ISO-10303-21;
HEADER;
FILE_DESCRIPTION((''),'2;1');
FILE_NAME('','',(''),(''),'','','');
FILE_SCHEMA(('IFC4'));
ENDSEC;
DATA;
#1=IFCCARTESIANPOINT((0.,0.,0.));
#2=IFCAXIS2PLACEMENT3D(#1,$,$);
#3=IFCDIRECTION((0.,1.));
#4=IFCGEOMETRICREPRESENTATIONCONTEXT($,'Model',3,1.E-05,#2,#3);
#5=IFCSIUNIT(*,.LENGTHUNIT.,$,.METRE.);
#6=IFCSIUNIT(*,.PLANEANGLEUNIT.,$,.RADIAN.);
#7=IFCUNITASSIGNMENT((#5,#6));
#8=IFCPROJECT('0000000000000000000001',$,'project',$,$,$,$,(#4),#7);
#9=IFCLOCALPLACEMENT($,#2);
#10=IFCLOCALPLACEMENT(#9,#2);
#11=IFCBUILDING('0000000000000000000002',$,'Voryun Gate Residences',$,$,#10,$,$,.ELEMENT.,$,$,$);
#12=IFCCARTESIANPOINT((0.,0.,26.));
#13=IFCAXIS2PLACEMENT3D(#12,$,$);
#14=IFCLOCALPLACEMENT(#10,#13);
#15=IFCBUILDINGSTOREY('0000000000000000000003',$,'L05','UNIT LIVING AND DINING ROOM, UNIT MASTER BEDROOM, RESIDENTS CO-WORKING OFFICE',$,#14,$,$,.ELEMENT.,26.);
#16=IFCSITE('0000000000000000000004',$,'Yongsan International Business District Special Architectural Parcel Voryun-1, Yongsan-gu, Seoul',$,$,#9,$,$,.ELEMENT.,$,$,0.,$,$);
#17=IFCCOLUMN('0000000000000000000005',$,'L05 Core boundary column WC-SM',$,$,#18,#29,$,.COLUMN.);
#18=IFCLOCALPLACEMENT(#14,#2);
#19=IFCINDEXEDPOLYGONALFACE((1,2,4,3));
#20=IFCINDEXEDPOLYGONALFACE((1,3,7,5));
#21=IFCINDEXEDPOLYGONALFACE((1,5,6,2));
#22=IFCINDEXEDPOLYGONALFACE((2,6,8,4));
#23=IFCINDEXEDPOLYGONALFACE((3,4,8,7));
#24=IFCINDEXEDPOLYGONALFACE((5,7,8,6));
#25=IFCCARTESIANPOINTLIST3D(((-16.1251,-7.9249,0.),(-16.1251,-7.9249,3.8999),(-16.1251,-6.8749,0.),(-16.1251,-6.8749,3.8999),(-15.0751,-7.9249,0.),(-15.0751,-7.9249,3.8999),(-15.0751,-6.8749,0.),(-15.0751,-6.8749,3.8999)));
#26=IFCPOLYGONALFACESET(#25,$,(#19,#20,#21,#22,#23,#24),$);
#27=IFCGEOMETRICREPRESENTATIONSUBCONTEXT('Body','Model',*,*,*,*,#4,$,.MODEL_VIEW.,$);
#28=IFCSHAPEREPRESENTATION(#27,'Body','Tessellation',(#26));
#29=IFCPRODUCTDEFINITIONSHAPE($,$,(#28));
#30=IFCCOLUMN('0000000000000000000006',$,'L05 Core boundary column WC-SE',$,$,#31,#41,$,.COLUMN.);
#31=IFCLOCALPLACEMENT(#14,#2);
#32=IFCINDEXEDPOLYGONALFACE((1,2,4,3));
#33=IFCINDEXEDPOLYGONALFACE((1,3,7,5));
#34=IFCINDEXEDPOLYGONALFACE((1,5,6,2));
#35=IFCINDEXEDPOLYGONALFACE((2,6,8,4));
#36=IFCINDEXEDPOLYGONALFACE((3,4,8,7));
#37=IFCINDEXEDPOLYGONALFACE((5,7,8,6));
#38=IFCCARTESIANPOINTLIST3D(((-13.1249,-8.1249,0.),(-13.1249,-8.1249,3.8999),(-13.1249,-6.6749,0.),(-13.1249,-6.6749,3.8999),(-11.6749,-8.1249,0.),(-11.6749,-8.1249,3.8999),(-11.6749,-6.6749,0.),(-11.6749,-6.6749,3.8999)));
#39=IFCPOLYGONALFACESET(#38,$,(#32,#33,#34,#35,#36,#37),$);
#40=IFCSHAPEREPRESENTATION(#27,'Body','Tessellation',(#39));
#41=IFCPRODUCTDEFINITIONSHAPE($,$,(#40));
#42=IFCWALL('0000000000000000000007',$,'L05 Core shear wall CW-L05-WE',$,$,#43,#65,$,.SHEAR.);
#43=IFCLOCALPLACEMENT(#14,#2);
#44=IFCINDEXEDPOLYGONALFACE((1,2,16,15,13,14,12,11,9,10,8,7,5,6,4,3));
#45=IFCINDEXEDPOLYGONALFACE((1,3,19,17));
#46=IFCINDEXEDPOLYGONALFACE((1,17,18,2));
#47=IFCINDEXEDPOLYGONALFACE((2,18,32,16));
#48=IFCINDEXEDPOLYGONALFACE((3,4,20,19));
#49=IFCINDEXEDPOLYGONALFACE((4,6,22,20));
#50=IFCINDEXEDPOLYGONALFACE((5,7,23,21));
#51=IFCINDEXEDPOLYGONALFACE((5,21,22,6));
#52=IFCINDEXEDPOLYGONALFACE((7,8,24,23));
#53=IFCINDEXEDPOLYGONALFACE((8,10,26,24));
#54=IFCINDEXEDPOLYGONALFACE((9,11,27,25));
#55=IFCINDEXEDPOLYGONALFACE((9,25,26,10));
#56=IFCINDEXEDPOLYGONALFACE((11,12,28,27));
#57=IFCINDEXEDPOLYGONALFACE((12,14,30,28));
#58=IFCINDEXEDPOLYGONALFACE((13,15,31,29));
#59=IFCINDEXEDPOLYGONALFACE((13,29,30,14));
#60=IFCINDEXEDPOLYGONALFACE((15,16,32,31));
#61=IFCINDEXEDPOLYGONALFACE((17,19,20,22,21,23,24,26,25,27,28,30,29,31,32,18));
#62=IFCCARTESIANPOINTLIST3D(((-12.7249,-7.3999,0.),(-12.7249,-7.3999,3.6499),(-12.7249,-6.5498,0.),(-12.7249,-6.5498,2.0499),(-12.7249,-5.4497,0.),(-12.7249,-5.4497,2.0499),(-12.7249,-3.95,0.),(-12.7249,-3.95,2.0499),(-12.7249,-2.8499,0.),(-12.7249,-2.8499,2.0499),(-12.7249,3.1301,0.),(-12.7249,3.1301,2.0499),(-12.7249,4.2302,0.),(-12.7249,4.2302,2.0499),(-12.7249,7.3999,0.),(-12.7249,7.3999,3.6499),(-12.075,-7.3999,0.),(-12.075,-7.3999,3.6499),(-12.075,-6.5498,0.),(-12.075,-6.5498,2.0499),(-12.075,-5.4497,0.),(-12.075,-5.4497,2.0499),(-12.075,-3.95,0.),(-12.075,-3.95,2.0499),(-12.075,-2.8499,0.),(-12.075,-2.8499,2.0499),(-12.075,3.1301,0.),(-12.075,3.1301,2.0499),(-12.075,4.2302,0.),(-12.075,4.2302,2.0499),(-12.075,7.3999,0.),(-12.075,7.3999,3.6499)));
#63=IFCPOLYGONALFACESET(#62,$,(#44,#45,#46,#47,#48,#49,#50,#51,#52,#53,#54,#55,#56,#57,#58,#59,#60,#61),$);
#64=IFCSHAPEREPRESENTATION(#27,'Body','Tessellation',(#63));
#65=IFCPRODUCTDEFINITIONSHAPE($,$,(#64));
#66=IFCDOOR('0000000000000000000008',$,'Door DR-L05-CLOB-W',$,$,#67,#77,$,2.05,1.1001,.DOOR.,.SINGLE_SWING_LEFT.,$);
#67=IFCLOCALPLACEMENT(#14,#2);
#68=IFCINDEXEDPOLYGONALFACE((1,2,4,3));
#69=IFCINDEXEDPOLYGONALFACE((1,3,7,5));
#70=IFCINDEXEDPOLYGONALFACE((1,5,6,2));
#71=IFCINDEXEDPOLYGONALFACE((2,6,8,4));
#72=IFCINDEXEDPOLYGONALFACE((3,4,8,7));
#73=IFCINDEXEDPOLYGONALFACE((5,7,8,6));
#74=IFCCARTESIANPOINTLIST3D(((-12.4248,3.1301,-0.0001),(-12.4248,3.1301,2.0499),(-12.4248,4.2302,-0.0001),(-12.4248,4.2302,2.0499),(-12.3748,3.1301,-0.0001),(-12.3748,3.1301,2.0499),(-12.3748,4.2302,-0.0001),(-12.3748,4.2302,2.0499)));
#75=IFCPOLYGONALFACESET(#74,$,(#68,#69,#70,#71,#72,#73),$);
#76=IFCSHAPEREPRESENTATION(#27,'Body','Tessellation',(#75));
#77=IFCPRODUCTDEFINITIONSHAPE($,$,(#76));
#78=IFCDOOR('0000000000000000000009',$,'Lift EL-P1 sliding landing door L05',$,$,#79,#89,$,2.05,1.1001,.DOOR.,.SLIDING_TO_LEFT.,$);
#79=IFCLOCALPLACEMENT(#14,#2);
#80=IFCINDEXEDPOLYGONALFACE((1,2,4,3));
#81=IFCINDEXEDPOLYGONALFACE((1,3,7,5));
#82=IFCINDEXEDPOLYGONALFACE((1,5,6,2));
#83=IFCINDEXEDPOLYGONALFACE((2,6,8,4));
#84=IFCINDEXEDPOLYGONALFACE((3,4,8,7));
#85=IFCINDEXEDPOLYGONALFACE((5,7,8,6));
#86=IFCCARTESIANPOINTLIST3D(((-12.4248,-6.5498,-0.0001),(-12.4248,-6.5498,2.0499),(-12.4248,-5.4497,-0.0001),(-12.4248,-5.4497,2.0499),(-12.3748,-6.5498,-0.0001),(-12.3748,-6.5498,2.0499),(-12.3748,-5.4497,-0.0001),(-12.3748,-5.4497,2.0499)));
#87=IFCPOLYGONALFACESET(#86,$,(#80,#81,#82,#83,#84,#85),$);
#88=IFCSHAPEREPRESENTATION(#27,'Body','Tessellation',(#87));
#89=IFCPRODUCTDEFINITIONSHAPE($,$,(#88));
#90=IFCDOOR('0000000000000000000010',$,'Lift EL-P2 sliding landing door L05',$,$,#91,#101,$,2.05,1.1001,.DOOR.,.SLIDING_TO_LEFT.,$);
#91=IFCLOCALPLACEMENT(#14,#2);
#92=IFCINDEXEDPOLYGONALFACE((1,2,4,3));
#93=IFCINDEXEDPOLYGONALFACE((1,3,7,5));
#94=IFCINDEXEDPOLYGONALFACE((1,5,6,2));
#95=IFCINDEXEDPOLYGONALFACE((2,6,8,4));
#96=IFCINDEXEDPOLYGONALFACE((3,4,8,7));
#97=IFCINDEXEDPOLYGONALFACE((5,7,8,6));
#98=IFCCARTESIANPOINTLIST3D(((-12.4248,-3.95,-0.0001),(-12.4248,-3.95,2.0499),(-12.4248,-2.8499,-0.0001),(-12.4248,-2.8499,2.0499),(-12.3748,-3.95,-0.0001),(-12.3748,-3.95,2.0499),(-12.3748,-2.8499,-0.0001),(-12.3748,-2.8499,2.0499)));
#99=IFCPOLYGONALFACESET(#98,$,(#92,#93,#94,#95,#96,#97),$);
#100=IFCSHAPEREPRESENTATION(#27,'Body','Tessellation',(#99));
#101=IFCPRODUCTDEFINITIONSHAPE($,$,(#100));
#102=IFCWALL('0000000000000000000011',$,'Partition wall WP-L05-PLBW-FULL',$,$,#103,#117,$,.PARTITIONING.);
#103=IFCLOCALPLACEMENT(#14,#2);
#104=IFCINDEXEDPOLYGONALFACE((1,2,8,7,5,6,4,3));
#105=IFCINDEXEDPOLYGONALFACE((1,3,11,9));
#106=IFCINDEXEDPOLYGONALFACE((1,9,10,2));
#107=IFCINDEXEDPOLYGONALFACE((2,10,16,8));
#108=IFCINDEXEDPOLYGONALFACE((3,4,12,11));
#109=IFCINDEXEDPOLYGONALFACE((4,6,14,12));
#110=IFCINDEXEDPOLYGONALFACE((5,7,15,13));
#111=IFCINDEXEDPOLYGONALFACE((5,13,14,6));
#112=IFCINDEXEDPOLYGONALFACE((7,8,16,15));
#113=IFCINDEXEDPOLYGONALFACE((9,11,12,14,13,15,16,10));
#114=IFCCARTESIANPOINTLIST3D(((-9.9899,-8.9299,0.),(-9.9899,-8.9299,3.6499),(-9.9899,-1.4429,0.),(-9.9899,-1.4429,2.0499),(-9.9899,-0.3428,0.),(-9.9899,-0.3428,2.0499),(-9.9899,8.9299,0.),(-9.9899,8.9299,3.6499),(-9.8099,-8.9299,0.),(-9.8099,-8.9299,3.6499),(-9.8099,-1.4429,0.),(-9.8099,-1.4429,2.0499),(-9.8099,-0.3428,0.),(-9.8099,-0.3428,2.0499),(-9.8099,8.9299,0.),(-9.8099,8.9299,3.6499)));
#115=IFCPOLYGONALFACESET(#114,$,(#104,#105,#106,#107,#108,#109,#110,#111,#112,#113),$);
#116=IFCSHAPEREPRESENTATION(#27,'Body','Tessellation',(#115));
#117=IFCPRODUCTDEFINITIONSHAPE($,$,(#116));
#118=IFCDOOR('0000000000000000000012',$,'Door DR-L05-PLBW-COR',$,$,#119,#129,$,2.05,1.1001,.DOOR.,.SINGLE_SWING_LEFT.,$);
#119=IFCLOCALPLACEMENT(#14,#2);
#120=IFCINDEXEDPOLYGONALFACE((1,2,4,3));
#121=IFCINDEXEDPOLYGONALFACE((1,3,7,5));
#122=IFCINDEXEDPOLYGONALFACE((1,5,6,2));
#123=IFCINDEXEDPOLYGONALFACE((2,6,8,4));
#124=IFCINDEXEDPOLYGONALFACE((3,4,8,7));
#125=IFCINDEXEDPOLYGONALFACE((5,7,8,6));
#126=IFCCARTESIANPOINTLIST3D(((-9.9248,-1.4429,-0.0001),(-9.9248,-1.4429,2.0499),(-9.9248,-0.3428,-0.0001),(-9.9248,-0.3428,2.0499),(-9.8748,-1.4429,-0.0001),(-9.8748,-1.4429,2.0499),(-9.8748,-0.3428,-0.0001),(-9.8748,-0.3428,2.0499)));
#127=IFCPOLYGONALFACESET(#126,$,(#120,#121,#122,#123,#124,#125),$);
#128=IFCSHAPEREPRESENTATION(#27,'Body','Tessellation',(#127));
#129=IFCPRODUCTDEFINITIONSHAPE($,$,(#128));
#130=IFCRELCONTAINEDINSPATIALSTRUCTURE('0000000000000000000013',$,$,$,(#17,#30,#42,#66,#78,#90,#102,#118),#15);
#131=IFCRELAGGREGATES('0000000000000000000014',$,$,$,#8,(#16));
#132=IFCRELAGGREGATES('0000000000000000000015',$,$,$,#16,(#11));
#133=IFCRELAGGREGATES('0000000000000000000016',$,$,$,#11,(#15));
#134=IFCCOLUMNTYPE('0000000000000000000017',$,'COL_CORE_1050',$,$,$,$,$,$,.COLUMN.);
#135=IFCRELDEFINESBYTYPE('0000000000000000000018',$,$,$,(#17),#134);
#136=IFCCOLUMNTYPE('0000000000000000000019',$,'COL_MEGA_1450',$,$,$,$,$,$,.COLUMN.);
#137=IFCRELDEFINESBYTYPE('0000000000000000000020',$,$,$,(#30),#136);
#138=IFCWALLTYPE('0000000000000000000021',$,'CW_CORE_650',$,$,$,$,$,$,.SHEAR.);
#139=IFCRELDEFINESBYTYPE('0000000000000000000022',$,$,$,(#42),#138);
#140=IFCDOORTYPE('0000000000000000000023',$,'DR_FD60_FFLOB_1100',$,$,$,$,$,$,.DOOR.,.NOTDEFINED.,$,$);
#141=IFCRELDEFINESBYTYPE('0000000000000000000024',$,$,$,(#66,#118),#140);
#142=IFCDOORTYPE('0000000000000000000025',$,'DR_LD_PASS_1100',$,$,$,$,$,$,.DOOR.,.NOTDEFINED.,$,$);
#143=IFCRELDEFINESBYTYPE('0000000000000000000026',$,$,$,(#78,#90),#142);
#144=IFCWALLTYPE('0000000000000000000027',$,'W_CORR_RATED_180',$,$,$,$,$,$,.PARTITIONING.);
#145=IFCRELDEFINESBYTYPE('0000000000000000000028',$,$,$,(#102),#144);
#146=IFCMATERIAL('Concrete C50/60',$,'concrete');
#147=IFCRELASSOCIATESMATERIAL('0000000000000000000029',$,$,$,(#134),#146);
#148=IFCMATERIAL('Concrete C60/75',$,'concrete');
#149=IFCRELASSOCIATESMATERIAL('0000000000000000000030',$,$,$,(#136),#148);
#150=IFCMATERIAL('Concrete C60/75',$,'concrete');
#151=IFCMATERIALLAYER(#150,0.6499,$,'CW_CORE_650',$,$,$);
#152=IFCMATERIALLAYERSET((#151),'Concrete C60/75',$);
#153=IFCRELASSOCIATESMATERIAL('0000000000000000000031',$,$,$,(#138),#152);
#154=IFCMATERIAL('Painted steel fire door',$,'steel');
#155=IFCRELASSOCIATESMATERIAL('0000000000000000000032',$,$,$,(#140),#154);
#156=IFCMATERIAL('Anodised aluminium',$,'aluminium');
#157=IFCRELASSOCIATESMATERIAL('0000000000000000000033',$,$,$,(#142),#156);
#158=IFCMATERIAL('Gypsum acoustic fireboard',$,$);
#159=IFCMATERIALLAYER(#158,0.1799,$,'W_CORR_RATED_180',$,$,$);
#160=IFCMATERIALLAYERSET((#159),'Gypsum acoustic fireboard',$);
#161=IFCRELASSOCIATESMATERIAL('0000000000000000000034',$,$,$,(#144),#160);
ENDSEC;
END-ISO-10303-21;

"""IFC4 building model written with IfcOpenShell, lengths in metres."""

from ifc_helpers import new_model, si_unit, direction, frame, frame_2d, origin, origin_2d, place, context, subcontext, project, spatial, rectangle, extrude, material, layer, layer_set, material_profile, profile_set, type_object, element, fill, save


model = new_model("IFC4")

# Units and contexts
model_context = context("Model", 3, precision=1e-05, world=origin(), true_north=direction((0.0, 1.0)))
body_context = subcontext(model_context, "Body", "Model", "MODEL_VIEW")
ifc_project = project(units=[si_unit("LENGTHUNIT", "METRE"), si_unit("PLANEANGLEUNIT", "RADIAN")], contexts=[model_context])

# Site, building, storey
site_placement = place(None, origin())
site = spatial("IfcSite", under=ifc_project, at=site_placement, Name="Yongsan International Business District Special Architectural Parcel Voryun-1, Yongsan-gu, Seoul", CompositionType="ELEMENT", RefElevation=0.0)
building_placement = place(site_placement, origin())
building = spatial("IfcBuilding", under=site, at=building_placement, Name="Voryun Gate Residences", CompositionType="ELEMENT")
storey_placement = place(building_placement, frame((0.0, 0.0, 26.0)))
storey = spatial("IfcBuildingStorey", under=building, at=storey_placement, Name="L05", Description="UNIT LIVING AND DINING ROOM, UNIT MASTER BEDROOM, RESIDENTS CO-WORKING OFFICE", CompositionType="ELEMENT", Elevation=26.0)

# Columns
ifc_material_1 = material(Name="Concrete C50/60", Category="concrete")
ifc_material_profile_1 = material_profile(ifc_material_1, rectangle(XDim=1.05, YDim=1.05, at=origin_2d()), Name="RC-1050x1050")
ifc_profile_set_1 = profile_set([ifc_material_profile_1], Name="Concrete C50/60")
column_type_1 = type_object("IfcColumnType", Name="COL_CORE_1050", PredefinedType="COLUMN", material=ifc_profile_set_1)
column_1_placement = place(storey_placement, frame((-15.6001, -7.3999, 0.0), z_axis=(0.0, 0.0, 1.0), x_axis=(1.0, 0.0, 0.0)))
element("IfcColumn", 1, at=column_1_placement, inside=storey, type_object=column_type_1, Name="L05 Core boundary column WC-SM", PredefinedType="COLUMN", context=body_context, shape_type="SweptSolid", body=[
    extrude(rectangle(XDim=1.05, YDim=1.05, at=origin_2d()), origin(), (0.0, 0.0, 1.0), 3.8999),
])
ifc_material_2 = material(Name="Concrete C60/75", Category="concrete")
ifc_material_profile_2 = material_profile(ifc_material_2, rectangle(XDim=1.45, YDim=1.45, at=origin_2d()), Name="RC-1450x1450")
ifc_profile_set_2 = profile_set([ifc_material_profile_2], Name="Concrete C60/75")
column_type_2 = type_object("IfcColumnType", Name="COL_MEGA_1450", PredefinedType="COLUMN", material=ifc_profile_set_2)
column_2_placement = place(storey_placement, frame((-12.3999, -7.3999, 0.0), z_axis=(0.0, 0.0, 1.0), x_axis=(1.0, 0.0, 0.0)))
element("IfcColumn", 2, at=column_2_placement, inside=storey, type_object=column_type_2, Name="L05 Core boundary column WC-SE", PredefinedType="COLUMN", context=body_context, shape_type="SweptSolid", body=[
    extrude(rectangle(XDim=1.45, YDim=1.45, at=origin_2d()), origin(), (0.0, 0.0, 1.0), 3.8999),
])

# Wall, openings, doors
ifc_material_3 = material(Name="Concrete C60/75", Category="concrete")
ifc_layer_1 = layer(ifc_material_3, 0.6499, Name="CW_CORE_650")
ifc_layer_set_1 = layer_set([ifc_layer_1], Name="Concrete C60/75")
wall_type_1 = type_object("IfcWallType", Name="CW_CORE_650", PredefinedType="SHEAR", material=ifc_layer_set_1)
wall_1_placement = place(storey_placement, frame((-12.3999, -7.3999, 0.0), z_axis=(0.0, 0.0, 1.0), x_axis=(0.0, 1.0, 0.0)))
wall_1 = element("IfcWall", 3, at=wall_1_placement, inside=storey, type_object=wall_type_1, Name="L05 Core shear wall CW-L05-WE", PredefinedType="SHEAR", context=body_context, shape_type="SweptSolid", body=[
    extrude(rectangle(XDim=14.7998, YDim=0.6499, at=frame_2d((7.3999, 0.0))), origin(), (0.0, 0.0, 1.0), 3.6499),
])
opening_1_placement = place(wall_1_placement, frame((0.8501, 0.0, 0.0)))
opening_1 = element("IfcOpeningElement", 4, at=opening_1_placement, cuts=wall_1, PredefinedType="OPENING", context=body_context, shape_type="SweptSolid", body=[
    extrude(rectangle(XDim=1.1001, YDim=2.05, at=frame_2d((0.55, 1.0249))), frame((0.0, 0.335, 0.0), z_axis=(0.0, -1.0, 0.0), x_axis=(1.0, 0.0, 0.0)), (0.0, 0.0, 1.0), 0.6699),
])
opening_2_placement = place(wall_1_placement, frame((3.45, 0.0, 0.0)))
opening_2 = element("IfcOpeningElement", 5, at=opening_2_placement, cuts=wall_1, PredefinedType="OPENING", context=body_context, shape_type="SweptSolid", body=[
    extrude(rectangle(XDim=1.1001, YDim=2.05, at=frame_2d((0.55, 1.0249))), frame((0.0, 0.335, 0.0), z_axis=(0.0, -1.0, 0.0), x_axis=(1.0, 0.0, 0.0)), (0.0, 0.0, 1.0), 0.6699),
])
opening_3_placement = place(wall_1_placement, frame((10.53, 0.0, 0.0)))
opening_3 = element("IfcOpeningElement", 6, at=opening_3_placement, cuts=wall_1, PredefinedType="OPENING", context=body_context, shape_type="SweptSolid", body=[
    extrude(rectangle(XDim=1.1001, YDim=2.05, at=frame_2d((0.55, 1.0249))), frame((0.0, 0.335, 0.0), z_axis=(0.0, -1.0, 0.0), x_axis=(1.0, 0.0, 0.0)), (0.0, 0.0, 1.0), 0.6699),
])
ifc_material_4 = material(Name="Painted steel fire door", Category="steel")
door_type_1 = type_object("IfcDoorType", Name="DR_FD60_FFLOB_1100", OperationType="NOTDEFINED", PredefinedType="DOOR", material=ifc_material_4)
door_1_placement = place(opening_3_placement, origin())
door_1 = element("IfcDoor", 7, at=door_1_placement, inside=storey, type_object=door_type_1, Name="Door DR-L05-CLOB-W", OperationType="SINGLE_SWING_LEFT", OverallHeight=2.05, OverallWidth=1.1001, PredefinedType="DOOR", context=body_context, shape_type="SweptSolid", body=[
    extrude(rectangle(XDim=1.1001, YDim=2.05, at=frame_2d((0.55, 1.0249))), frame((0.0, 0.0249, 0.0), z_axis=(0.0, -1.0, 0.0), x_axis=(1.0, 0.0, 0.0)), (0.0, 0.0, 1.0), 0.05),
])
fill(opening_3, door_1)
ifc_material_5 = material(Name="Anodised aluminium", Category="aluminium")
door_type_2 = type_object("IfcDoorType", Name="DR_LD_PASS_1100", OperationType="NOTDEFINED", PredefinedType="DOOR", material=ifc_material_5)
door_2_placement = place(opening_1_placement, origin())
door_2 = element("IfcDoor", 8, at=door_2_placement, inside=storey, type_object=door_type_2, Name="Lift EL-P1 sliding landing door L05", OperationType="SLIDING_TO_LEFT", OverallHeight=2.05, OverallWidth=1.1001, PredefinedType="DOOR", context=body_context, shape_type="SweptSolid", body=[
    extrude(rectangle(XDim=1.1001, YDim=2.05, at=frame_2d((0.55, 1.0249))), frame((0.0, 0.0249, 0.0), z_axis=(0.0, -1.0, 0.0), x_axis=(1.0, 0.0, 0.0)), (0.0, 0.0, 1.0), 0.05),
])
fill(opening_1, door_2)
door_3_placement = place(opening_2_placement, origin())
door_3 = element("IfcDoor", 9, at=door_3_placement, inside=storey, type_object=door_type_2, Name="Lift EL-P2 sliding landing door L05", OperationType="SLIDING_TO_LEFT", OverallHeight=2.05, OverallWidth=1.1001, PredefinedType="DOOR", context=body_context, shape_type="SweptSolid", body=[
    extrude(rectangle(XDim=1.1001, YDim=2.05, at=frame_2d((0.55, 1.0249))), frame((0.0, 0.0249, 0.0), z_axis=(0.0, -1.0, 0.0), x_axis=(1.0, 0.0, 0.0)), (0.0, 0.0, 1.0), 0.05),
])
fill(opening_2, door_3)

# Wall, opening, door
ifc_material_6 = material(Name="Gypsum acoustic fireboard")
ifc_layer_2 = layer(ifc_material_6, 0.1799, Name="W_CORR_RATED_180")
ifc_layer_set_2 = layer_set([ifc_layer_2], Name="Gypsum acoustic fireboard")
wall_type_2 = type_object("IfcWallType", Name="W_CORR_RATED_180", PredefinedType="PARTITIONING", material=ifc_layer_set_2)
wall_2_placement = place(storey_placement, frame((-9.8999, -8.9299, 0.0), z_axis=(0.0, 0.0, 1.0), x_axis=(0.0, 1.0, 0.0)))
wall_2 = element("IfcWall", 10, at=wall_2_placement, inside=storey, type_object=wall_type_2, Name="Partition wall WP-L05-PLBW-FULL", PredefinedType="PARTITIONING", context=body_context, shape_type="SweptSolid", body=[
    extrude(rectangle(XDim=17.8599, YDim=0.1799, at=frame_2d((8.9299, 0.0))), origin(), (0.0, 0.0, 1.0), 3.6499),
])
opening_4_placement = place(wall_2_placement, frame((7.4871, 0.0, 0.0)))
opening_4 = element("IfcOpeningElement", 11, at=opening_4_placement, cuts=wall_2, PredefinedType="OPENING", context=body_context, shape_type="SweptSolid", body=[
    extrude(rectangle(XDim=1.1001, YDim=2.05, at=frame_2d((0.55, 1.0249))), frame((0.0, 0.0999, 0.0), z_axis=(0.0, -1.0, 0.0), x_axis=(1.0, 0.0, 0.0)), (0.0, 0.0, 1.0), 0.2),
])
door_4_placement = place(opening_4_placement, origin())
door_4 = element("IfcDoor", 12, at=door_4_placement, inside=storey, type_object=door_type_1, Name="Door DR-L05-PLBW-COR", OperationType="SINGLE_SWING_LEFT", OverallHeight=2.05, OverallWidth=1.1001, PredefinedType="DOOR", context=body_context, shape_type="SweptSolid", body=[
    extrude(rectangle(XDim=1.1001, YDim=2.05, at=frame_2d((0.55, 1.0249))), frame((0.0, 0.0249, 0.0), z_axis=(0.0, -1.0, 0.0), x_axis=(1.0, 0.0, 0.0)), (0.0, 0.0, 1.0), 0.05),
])
fill(opening_4, door_4)

save(model, "model.ifc")
